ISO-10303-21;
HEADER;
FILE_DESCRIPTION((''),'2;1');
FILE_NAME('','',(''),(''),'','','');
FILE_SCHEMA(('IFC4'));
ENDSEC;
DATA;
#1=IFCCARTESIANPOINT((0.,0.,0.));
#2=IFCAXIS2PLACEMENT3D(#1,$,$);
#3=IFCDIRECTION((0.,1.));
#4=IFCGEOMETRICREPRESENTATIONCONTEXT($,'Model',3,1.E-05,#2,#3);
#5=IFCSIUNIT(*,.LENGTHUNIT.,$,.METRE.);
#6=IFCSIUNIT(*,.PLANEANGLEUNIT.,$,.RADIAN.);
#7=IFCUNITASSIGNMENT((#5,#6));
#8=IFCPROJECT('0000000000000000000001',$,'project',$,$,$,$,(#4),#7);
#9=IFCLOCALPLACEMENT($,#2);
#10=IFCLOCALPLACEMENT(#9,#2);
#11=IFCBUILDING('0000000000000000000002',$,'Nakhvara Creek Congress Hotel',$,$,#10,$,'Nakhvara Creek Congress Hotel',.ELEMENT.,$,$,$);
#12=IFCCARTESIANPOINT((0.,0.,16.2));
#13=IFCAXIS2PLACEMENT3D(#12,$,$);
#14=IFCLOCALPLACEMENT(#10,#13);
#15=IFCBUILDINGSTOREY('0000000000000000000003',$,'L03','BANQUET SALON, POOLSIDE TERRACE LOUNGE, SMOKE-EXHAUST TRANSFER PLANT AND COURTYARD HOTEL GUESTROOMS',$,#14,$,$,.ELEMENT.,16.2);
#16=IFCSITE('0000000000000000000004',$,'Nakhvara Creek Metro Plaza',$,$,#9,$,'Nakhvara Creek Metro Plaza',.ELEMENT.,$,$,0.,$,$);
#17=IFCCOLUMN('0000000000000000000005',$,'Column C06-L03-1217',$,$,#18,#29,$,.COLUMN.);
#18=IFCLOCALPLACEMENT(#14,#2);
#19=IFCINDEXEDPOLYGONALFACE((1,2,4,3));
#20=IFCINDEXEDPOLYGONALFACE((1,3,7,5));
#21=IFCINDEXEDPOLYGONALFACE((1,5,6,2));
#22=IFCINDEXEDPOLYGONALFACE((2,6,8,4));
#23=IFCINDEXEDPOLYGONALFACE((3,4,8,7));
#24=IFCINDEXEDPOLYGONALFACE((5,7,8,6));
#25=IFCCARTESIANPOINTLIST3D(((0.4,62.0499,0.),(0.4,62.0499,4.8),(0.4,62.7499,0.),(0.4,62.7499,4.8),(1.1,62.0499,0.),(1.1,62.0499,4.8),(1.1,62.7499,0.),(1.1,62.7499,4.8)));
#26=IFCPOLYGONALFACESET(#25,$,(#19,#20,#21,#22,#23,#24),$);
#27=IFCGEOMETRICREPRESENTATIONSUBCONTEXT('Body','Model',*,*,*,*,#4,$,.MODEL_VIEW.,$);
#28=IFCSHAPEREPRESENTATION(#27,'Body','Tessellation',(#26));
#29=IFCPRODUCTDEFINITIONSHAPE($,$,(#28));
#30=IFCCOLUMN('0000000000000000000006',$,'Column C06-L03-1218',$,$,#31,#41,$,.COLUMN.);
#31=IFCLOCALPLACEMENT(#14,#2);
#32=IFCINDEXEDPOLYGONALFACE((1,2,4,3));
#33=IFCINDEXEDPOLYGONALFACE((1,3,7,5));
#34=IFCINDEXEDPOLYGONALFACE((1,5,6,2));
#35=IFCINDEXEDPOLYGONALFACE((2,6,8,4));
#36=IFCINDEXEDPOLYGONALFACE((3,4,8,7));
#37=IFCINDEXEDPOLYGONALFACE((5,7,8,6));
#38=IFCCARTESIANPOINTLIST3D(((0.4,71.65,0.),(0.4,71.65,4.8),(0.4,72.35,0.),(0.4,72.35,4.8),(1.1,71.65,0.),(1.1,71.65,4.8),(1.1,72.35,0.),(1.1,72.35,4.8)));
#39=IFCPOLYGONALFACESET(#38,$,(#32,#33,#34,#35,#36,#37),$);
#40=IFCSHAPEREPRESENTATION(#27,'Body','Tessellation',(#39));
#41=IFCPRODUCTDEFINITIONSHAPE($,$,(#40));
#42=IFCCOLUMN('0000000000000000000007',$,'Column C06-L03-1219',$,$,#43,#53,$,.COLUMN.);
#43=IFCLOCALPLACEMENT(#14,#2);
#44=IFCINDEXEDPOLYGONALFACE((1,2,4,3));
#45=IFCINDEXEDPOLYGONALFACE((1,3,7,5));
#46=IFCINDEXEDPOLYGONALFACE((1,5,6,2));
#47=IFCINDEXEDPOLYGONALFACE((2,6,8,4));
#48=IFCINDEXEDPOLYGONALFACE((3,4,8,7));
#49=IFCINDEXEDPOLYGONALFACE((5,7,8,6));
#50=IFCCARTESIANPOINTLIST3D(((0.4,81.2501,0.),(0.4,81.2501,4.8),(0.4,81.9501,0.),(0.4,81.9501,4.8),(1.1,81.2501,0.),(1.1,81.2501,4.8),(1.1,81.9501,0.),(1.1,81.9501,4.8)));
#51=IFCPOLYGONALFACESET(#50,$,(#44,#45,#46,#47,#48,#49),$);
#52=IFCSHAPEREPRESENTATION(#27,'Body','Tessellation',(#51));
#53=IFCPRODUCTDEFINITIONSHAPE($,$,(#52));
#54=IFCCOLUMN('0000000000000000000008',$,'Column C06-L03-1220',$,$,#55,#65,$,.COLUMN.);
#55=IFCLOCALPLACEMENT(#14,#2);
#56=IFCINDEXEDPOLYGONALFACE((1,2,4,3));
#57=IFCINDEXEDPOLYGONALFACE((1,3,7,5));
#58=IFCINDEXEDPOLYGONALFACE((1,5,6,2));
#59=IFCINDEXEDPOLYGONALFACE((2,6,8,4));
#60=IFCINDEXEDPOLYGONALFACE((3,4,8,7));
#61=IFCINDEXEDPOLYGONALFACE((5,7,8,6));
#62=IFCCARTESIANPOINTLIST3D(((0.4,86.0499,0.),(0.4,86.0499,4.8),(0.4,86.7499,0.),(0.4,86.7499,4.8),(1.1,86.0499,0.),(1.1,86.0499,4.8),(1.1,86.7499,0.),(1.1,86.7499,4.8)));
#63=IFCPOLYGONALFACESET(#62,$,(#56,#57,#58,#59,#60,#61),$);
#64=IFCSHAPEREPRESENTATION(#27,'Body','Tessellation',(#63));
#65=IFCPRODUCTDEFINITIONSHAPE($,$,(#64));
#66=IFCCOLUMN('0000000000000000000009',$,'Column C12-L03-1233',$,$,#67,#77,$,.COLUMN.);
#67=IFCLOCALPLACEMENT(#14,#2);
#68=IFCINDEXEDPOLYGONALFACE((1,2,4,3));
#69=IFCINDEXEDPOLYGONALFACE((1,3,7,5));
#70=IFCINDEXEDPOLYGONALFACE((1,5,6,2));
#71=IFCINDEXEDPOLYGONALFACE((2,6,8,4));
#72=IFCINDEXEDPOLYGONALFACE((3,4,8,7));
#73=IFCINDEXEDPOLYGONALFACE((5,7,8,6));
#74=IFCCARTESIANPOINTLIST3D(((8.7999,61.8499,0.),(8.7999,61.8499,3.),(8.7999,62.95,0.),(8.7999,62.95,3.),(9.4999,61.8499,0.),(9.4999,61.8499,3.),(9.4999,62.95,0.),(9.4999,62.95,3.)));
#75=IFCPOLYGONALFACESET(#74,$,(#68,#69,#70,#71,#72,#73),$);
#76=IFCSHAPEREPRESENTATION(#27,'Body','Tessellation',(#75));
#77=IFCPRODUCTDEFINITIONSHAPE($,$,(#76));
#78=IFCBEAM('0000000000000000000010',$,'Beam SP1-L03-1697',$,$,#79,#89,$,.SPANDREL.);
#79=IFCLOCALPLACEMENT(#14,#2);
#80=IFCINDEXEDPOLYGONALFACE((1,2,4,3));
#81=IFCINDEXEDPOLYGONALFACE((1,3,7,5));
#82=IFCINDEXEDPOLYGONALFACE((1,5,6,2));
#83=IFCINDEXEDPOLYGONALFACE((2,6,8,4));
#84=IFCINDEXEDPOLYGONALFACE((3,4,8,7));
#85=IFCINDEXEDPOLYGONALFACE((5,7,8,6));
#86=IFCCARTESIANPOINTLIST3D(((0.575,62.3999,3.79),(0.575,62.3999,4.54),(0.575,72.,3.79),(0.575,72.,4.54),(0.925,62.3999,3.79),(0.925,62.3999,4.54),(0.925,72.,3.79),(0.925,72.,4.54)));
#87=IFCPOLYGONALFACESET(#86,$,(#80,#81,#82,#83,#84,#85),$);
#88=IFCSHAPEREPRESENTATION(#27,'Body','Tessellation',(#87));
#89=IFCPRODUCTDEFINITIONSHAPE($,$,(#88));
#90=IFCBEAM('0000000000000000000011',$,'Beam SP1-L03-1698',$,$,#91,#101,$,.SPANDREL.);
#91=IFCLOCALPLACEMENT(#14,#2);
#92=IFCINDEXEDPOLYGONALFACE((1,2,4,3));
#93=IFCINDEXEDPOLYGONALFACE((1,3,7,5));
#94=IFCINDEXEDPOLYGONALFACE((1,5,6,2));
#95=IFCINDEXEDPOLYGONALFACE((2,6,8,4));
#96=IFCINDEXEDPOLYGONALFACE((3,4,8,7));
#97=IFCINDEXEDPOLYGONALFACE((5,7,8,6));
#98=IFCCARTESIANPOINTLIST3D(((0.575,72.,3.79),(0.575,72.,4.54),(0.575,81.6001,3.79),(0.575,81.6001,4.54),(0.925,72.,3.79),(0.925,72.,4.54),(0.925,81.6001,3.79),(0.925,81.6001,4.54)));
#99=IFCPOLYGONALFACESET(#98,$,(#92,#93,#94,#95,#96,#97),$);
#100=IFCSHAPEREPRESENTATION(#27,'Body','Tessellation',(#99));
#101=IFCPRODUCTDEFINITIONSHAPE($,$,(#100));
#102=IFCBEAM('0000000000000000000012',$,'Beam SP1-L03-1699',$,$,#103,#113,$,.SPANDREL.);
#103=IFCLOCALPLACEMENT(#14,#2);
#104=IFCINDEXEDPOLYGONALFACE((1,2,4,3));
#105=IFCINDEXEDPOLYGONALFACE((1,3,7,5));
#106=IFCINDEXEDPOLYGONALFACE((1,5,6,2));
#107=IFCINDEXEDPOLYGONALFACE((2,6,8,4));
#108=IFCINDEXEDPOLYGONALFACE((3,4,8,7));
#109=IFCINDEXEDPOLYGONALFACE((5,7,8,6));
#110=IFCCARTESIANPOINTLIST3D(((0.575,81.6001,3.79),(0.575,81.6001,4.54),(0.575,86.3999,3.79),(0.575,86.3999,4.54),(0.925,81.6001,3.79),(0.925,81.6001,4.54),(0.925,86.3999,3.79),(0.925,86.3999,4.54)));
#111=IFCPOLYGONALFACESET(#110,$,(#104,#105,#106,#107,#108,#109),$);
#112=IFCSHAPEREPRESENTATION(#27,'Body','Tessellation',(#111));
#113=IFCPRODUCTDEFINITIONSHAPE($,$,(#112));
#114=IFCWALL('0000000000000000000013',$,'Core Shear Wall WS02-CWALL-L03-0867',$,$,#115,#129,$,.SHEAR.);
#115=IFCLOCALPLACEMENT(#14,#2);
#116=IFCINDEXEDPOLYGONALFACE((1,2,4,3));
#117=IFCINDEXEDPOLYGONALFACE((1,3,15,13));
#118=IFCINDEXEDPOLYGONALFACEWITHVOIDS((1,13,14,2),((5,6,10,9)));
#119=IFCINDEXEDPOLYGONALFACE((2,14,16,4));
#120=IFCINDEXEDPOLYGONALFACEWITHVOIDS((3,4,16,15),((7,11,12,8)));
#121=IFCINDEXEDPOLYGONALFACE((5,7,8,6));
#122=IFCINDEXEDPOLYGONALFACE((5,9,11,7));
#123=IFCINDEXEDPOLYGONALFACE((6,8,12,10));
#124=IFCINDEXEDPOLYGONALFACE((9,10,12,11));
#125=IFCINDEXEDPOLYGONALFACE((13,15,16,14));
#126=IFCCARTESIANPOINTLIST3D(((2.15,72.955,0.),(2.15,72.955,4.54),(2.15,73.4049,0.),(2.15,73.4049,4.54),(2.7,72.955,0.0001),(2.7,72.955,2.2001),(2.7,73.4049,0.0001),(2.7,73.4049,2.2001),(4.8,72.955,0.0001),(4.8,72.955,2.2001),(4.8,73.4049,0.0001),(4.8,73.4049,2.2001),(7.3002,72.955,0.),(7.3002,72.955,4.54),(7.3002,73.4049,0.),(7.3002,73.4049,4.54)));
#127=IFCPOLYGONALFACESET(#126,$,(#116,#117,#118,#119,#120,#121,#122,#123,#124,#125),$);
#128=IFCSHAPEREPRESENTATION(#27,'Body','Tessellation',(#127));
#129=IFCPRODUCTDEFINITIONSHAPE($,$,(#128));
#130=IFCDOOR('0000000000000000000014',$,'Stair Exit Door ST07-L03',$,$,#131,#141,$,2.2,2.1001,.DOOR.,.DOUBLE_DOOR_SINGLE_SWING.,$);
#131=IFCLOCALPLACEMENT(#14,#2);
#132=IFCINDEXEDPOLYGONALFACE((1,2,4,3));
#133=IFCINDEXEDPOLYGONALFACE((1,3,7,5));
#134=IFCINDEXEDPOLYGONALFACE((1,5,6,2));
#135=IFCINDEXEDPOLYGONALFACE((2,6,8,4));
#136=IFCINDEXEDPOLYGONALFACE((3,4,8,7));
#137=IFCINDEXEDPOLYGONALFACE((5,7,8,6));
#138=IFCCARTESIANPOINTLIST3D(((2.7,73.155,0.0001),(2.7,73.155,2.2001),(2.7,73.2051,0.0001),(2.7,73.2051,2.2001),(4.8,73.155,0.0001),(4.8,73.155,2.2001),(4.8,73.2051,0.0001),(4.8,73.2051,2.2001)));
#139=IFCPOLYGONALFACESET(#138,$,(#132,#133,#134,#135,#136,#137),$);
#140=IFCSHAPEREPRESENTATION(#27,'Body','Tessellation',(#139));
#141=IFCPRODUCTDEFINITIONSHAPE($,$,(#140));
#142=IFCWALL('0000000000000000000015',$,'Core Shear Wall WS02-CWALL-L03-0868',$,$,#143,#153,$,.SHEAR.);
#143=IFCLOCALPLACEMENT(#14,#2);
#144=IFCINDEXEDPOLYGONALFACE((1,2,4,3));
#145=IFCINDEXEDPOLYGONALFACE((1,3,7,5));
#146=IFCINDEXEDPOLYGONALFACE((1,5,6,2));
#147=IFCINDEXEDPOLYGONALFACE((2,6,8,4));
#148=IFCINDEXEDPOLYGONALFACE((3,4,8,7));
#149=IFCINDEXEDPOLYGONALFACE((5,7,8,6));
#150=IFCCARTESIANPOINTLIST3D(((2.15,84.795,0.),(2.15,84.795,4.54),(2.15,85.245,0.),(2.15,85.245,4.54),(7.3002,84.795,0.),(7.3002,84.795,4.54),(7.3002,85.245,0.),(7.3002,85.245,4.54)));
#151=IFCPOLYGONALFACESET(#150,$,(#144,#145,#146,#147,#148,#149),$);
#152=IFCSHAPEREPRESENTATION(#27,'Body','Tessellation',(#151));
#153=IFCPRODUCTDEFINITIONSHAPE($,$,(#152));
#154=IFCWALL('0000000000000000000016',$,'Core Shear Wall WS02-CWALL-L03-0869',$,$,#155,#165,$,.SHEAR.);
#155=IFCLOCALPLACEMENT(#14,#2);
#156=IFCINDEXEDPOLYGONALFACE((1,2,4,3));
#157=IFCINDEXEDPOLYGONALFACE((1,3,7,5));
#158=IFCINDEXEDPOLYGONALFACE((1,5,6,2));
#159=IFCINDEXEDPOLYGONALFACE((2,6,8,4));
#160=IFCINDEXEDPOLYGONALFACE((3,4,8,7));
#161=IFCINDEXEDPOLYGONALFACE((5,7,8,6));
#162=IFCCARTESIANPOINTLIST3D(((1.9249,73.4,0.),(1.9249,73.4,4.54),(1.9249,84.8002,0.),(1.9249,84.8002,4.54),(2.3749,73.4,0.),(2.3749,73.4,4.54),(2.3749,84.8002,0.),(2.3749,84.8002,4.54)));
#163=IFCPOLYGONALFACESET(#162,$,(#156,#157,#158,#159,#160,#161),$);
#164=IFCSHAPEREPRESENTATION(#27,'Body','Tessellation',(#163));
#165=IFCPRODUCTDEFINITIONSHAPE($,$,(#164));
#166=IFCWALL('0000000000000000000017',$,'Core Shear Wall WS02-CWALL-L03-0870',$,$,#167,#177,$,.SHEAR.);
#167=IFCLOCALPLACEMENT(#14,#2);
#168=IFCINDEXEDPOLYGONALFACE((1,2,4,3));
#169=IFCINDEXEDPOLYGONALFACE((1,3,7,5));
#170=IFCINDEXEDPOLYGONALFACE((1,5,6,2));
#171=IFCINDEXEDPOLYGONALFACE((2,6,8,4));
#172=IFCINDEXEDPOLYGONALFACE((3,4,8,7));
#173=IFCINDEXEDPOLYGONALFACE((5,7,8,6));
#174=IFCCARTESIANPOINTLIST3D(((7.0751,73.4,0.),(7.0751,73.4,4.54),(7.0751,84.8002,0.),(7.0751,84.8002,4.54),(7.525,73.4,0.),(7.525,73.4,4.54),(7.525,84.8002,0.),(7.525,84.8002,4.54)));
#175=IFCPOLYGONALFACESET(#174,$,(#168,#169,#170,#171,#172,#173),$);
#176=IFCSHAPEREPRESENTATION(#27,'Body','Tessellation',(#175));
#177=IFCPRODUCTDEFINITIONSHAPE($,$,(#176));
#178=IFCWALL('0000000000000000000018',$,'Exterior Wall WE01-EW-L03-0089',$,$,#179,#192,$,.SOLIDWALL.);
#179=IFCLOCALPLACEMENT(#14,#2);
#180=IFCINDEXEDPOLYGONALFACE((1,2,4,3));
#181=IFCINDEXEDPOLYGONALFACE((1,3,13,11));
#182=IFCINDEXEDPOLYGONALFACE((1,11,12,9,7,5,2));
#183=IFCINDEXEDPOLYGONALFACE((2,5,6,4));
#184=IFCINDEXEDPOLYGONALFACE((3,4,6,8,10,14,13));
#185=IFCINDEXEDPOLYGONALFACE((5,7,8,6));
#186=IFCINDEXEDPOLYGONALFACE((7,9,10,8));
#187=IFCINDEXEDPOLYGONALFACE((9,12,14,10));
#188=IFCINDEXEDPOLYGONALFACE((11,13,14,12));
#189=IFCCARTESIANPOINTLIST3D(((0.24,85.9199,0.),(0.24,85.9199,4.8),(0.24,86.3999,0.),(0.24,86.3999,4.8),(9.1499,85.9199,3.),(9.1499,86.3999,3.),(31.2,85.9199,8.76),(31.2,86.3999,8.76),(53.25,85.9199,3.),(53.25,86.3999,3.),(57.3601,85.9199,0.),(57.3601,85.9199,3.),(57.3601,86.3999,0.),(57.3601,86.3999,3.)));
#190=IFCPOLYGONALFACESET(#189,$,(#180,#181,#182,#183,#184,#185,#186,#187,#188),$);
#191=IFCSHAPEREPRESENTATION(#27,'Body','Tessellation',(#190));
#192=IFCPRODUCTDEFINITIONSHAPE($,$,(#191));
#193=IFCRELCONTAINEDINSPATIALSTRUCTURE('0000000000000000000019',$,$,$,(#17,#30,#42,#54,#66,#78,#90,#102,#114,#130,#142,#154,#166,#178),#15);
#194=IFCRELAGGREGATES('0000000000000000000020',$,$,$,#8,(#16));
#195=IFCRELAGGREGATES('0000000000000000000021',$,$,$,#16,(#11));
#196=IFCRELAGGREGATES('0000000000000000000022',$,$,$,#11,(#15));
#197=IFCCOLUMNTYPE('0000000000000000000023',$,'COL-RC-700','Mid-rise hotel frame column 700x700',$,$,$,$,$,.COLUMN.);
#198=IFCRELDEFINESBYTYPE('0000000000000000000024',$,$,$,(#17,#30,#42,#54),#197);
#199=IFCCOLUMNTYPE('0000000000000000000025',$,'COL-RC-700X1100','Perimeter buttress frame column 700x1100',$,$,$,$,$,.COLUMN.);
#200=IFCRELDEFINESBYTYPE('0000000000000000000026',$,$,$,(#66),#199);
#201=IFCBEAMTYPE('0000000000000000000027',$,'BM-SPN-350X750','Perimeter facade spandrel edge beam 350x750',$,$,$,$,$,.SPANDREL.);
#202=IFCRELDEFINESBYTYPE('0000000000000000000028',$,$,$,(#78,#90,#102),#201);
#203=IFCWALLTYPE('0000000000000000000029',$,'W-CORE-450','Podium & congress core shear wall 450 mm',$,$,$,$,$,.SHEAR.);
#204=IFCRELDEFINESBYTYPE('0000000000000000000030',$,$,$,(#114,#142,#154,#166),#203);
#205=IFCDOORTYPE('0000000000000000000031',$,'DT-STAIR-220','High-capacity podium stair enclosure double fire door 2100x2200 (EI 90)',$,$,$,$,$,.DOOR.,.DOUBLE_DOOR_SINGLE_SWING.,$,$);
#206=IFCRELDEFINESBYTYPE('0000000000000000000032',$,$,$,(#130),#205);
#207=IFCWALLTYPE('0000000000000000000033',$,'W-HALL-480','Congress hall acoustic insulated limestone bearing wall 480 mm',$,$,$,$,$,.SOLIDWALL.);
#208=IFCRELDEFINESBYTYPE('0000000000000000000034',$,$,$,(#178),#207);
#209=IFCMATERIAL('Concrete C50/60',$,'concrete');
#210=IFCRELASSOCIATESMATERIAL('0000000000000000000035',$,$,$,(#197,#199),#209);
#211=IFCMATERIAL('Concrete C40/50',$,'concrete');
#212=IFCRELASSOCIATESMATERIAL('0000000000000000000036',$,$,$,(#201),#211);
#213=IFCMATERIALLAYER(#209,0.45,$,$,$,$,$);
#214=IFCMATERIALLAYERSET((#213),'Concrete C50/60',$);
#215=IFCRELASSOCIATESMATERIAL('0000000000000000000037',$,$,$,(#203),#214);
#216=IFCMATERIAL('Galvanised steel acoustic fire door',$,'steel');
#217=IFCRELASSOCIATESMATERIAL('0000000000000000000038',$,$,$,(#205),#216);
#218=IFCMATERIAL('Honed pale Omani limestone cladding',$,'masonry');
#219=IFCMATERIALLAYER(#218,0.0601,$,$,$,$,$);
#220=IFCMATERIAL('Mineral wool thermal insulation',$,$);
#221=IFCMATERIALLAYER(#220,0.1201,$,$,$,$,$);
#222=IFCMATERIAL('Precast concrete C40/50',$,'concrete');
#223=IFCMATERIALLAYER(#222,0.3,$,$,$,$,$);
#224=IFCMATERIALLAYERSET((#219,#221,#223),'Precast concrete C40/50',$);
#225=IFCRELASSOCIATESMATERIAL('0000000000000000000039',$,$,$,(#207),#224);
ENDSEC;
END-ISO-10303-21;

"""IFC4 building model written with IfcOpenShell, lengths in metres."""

from ifc_helpers import new_model, si_unit, direction, frame, frame_2d, origin, origin_2d, place, context, subcontext, project, spatial, polyline, rectangle, outline, extrude, material, layer, layer_set, material_profile, profile_set, type_object, element, fill, save


model = new_model("IFC4")

# Units and contexts
model_context = context("Model", 3, precision=1e-05, world=origin(), true_north=direction((0.0, 1.0)))
body_context = subcontext(model_context, "Body", "Model", "MODEL_VIEW")
ifc_project = project(units=[si_unit("LENGTHUNIT", "METRE"), si_unit("PLANEANGLEUNIT", "RADIAN")], contexts=[model_context])

# Site, building, storey
site_placement = place(None, origin())
site = spatial("IfcSite", under=ifc_project, at=site_placement, Name="Nakhvara Creek Metro Plaza", LongName="Nakhvara Creek Metro Plaza", CompositionType="ELEMENT", RefElevation=0.0)
building_placement = place(site_placement, origin())
building = spatial("IfcBuilding", under=site, at=building_placement, Name="Nakhvara Creek Congress Hotel", LongName="Nakhvara Creek Congress Hotel", CompositionType="ELEMENT")
storey_placement = place(building_placement, frame((0.0, 0.0, 16.2)))
storey = spatial("IfcBuildingStorey", under=building, at=storey_placement, Name="L03", Description="BANQUET SALON, POOLSIDE TERRACE LOUNGE, SMOKE-EXHAUST TRANSFER PLANT AND COURTYARD HOTEL GUESTROOMS", CompositionType="ELEMENT", Elevation=16.2)

# Columns
ifc_material_1 = material(Name="Concrete C50/60", Category="concrete")
ifc_material_profile_1 = material_profile(ifc_material_1, rectangle(XDim=0.7, YDim=0.7, at=origin_2d()), Name="RC-COL 700x700", Category="LoadBearing")
ifc_profile_set_1 = profile_set([ifc_material_profile_1], Name="Concrete C50/60")
column_type_1 = type_object("IfcColumnType", Name="COL-RC-700", Description="Mid-rise hotel frame column 700x700", PredefinedType="COLUMN", material=ifc_profile_set_1)
for number, where, z_axis, x_axis, name in (
    (1, (0.75, 62.3999, 0.0), (0.0, 0.0, 1.0), (1.0, 0.0, 0.0), "Column C06-L03-1217"),
    (2, (0.75, 72.0, 0.0), (0.0, 0.0, 1.0), (1.0, 0.0, 0.0), "Column C06-L03-1218"),
    (3, (0.75, 81.6001, 0.0), (0.0, 0.0, 1.0), (1.0, 0.0, 0.0), "Column C06-L03-1219"),
    (4, (0.75, 86.3999, 0.0), (0.0, 0.0, 1.0), (1.0, 0.0, 0.0), "Column C06-L03-1220"),
):
    element("IfcColumn", number, at=place(storey_placement, frame(where, z_axis=z_axis, x_axis=x_axis)), inside=storey, type_object=column_type_1, Name=name, PredefinedType="COLUMN", context=body_context, shape_type="SweptSolid", body=[
        extrude(rectangle(XDim=0.7, YDim=0.7, at=origin_2d()), origin(), (0.0, 0.0, 1.0), 4.8),
    ])
ifc_material_profile_2 = material_profile(ifc_material_1, rectangle(XDim=0.7, YDim=1.1001, at=origin_2d()), Name="RC-COL 700x1100", Category="LoadBearing")
ifc_profile_set_2 = profile_set([ifc_material_profile_2], Name="Concrete C50/60")
column_type_2 = type_object("IfcColumnType", Name="COL-RC-700X1100", Description="Perimeter buttress frame column 700x1100", PredefinedType="COLUMN", material=ifc_profile_set_2)
column_placement = place(storey_placement, frame((9.1499, 62.3999, 0.0), z_axis=(0.0, 0.0, 1.0), x_axis=(1.0, 0.0, 0.0)))
element("IfcColumn", 5, at=column_placement, inside=storey, type_object=column_type_2, Name="Column C12-L03-1233", PredefinedType="COLUMN", context=body_context, shape_type="SweptSolid", body=[
    extrude(rectangle(XDim=0.7, YDim=1.1001, at=origin_2d()), origin(), (0.0, 0.0, 1.0), 3.0),
])

# Beams
ifc_material_2 = material(Name="Concrete C40/50", Category="concrete")
ifc_material_profile_3 = material_profile(ifc_material_2, rectangle(XDim=0.3501, YDim=0.75, at=origin_2d()), Name="RC-SPANDREL 350x750", Category="LoadBearing")
ifc_profile_set_3 = profile_set([ifc_material_profile_3], Name="Concrete C40/50")
beam_type = type_object("IfcBeamType", Name="BM-SPN-350X750", Description="Perimeter facade spandrel edge beam 350x750", PredefinedType="SPANDREL", material=ifc_profile_set_3)
for number, where, z_axis, x_axis, name in (
    (6, (0.75, 62.3999, 4.165), (0.0, 1.0, 0.0), (-1.0, 0.0, 0.0), "Beam SP1-L03-1697"),
    (7, (0.75, 72.0, 4.165), (0.0, 1.0, 0.0), (-1.0, 0.0, 0.0), "Beam SP1-L03-1698"),
):
    element("IfcBeam", number, at=place(storey_placement, frame(where, z_axis=z_axis, x_axis=x_axis)), inside=storey, type_object=beam_type, Name=name, PredefinedType="SPANDREL", context=body_context, shape_type="SweptSolid", body=[
        extrude(rectangle(XDim=0.3501, YDim=0.75, at=origin_2d()), origin(), (0.0, 0.0, 1.0), 9.6001),
    ])
beam_placement = place(storey_placement, frame((0.75, 81.6001, 4.165), z_axis=(0.0, 1.0, 0.0), x_axis=(-1.0, 0.0, 0.0)))
element("IfcBeam", 8, at=beam_placement, inside=storey, type_object=beam_type, Name="Beam SP1-L03-1699", PredefinedType="SPANDREL", context=body_context, shape_type="SweptSolid", body=[
    extrude(rectangle(XDim=0.3501, YDim=0.75, at=origin_2d()), origin(), (0.0, 0.0, 1.0), 4.7998),
])

# Wall, opening, door
ifc_layer_1 = layer(ifc_material_1, 0.45)
ifc_layer_set_1 = layer_set([ifc_layer_1], Name="Concrete C50/60")
wall_type_1 = type_object("IfcWallType", Name="W-CORE-450", Description="Podium & congress core shear wall 450 mm", PredefinedType="SHEAR", material=ifc_layer_set_1)
wall_1_placement = place(storey_placement, frame((2.1499, 73.1799, 0.0), z_axis=(0.0, 0.0, 1.0), x_axis=(1.0, 0.0, 0.0)))
wall_1 = element("IfcWall", 9, at=wall_1_placement, inside=storey, type_object=wall_type_1, Name="Core Shear Wall WS02-CWALL-L03-0867", PredefinedType="SHEAR", context=body_context, shape_type="SweptSolid", body=[
    extrude(rectangle(XDim=5.1501, YDim=0.45, at=frame_2d((2.5752, 0.0))), origin(), (0.0, 0.0, 1.0), 4.54),
])
opening_placement = place(wall_1_placement, frame((0.55, 0.0, 0.0)))
opening = element("IfcOpeningElement", 10, at=opening_placement, cuts=wall_1, PredefinedType="OPENING", context=body_context, shape_type="SweptSolid", body=[
    extrude(rectangle(XDim=2.1001, YDim=2.2, at=frame_2d((1.05, 1.1001))), frame((0.0, 0.2368, 0.0), z_axis=(0.0, -1.0, 0.0), x_axis=(1.0, 0.0, 0.0)), (0.0, 0.0, 1.0), 0.4739),
])
ifc_material_3 = material(Name="Galvanised steel acoustic fire door", Category="steel")
door_type = type_object("IfcDoorType", Name="DT-STAIR-220", Description="High-capacity podium stair enclosure double fire door 2100x2200 (EI 90)", OperationType="DOUBLE_DOOR_SINGLE_SWING", PredefinedType="DOOR", material=ifc_material_3)
door_placement = place(opening_placement, frame((2.1001, 0.0, 0.0), z_axis=(0.0, 0.0, 1.0), x_axis=(-1.0, 0.0, 0.0)))
door = element("IfcDoor", 11, at=door_placement, inside=storey, type_object=door_type, Name="Stair Exit Door ST07-L03", OperationType="DOUBLE_DOOR_SINGLE_SWING", OverallHeight=2.2, OverallWidth=2.1001, PredefinedType="DOOR", context=body_context, shape_type="SweptSolid", body=[
    extrude(rectangle(XDim=2.1001, YDim=2.2, at=frame_2d((1.05, 1.1001))), frame((0.0, 0.0249, 0.0), z_axis=(0.0, -1.0, 0.0), x_axis=(1.0, 0.0, 0.0)), (0.0, 0.0, 1.0), 0.05),
])
fill(opening, door)

# Walls
wall_2_placement = place(storey_placement, frame((2.1499, 85.02, 0.0), z_axis=(0.0, 0.0, 1.0), x_axis=(1.0, 0.0, 0.0)))
element("IfcWall", 12, at=wall_2_placement, inside=storey, type_object=wall_type_1, Name="Core Shear Wall WS02-CWALL-L03-0868", PredefinedType="SHEAR", context=body_context, shape_type="SweptSolid", body=[
    extrude(rectangle(XDim=5.1501, YDim=0.45, at=frame_2d((2.5752, 0.0))), origin(), (0.0, 0.0, 1.0), 4.54),
])
for number, where, z_axis, x_axis, name in (
    (13, (2.1499, 73.3999, 0.0), (0.0, 0.0, 1.0), (0.0, 1.0, 0.0), "Core Shear Wall WS02-CWALL-L03-0869"),
    (14, (7.3, 73.3999, 0.0), (0.0, 0.0, 1.0), (0.0, 1.0, 0.0), "Core Shear Wall WS02-CWALL-L03-0870"),
):
    element("IfcWall", number, at=place(storey_placement, frame(where, z_axis=z_axis, x_axis=x_axis)), inside=storey, type_object=wall_type_1, Name=name, PredefinedType="SHEAR", context=body_context, shape_type="SweptSolid", body=[
        extrude(rectangle(XDim=11.4001, YDim=0.45, at=frame_2d((5.7002, 0.0))), origin(), (0.0, 0.0, 1.0), 4.54),
    ])
ifc_material_4 = material(Name="Honed pale Omani limestone cladding", Category="masonry")
ifc_layer_2 = layer(ifc_material_4, 0.0601)
ifc_material_5 = material(Name="Mineral wool thermal insulation")
ifc_layer_3 = layer(ifc_material_5, 0.1201)
ifc_material_6 = material(Name="Precast concrete C40/50", Category="concrete")
ifc_layer_4 = layer(ifc_material_6, 0.3)
ifc_layer_set_2 = layer_set([ifc_layer_2, ifc_layer_3, ifc_layer_4], Name="Precast concrete C40/50")
wall_type_2 = type_object("IfcWallType", Name="W-HALL-480", Description="Congress hall acoustic insulated limestone bearing wall 480 mm", PredefinedType="SOLIDWALL", material=ifc_layer_set_2)
wall_3_placement = place(storey_placement, frame((0.24, 86.1599, 0.0), z_axis=(0.0, 0.0, 1.0), x_axis=(1.0, 0.0, 0.0)))
element("IfcWall", 15, at=wall_3_placement, inside=storey, type_object=wall_type_2, Name="Exterior Wall WE01-EW-L03-0089", PredefinedType="SOLIDWALL", context=body_context, shape_type="SweptSolid", body=[
    extrude(outline(polyline([(0.0, 0.0), (57.1201, 0.0), (57.1201, 3.0), (53.01, 3.0), (30.96, 8.76), (8.9099, 3.0), (0.0, 4.8), (0.0, 0.0)])), frame((0.0, 0.24, 0.0), z_axis=(0.0, -1.0, 0.0), x_axis=(1.0, 0.0, 0.0)), (0.0, 0.0, 1.0), 0.48),
])

save(model, "model.ifc")
